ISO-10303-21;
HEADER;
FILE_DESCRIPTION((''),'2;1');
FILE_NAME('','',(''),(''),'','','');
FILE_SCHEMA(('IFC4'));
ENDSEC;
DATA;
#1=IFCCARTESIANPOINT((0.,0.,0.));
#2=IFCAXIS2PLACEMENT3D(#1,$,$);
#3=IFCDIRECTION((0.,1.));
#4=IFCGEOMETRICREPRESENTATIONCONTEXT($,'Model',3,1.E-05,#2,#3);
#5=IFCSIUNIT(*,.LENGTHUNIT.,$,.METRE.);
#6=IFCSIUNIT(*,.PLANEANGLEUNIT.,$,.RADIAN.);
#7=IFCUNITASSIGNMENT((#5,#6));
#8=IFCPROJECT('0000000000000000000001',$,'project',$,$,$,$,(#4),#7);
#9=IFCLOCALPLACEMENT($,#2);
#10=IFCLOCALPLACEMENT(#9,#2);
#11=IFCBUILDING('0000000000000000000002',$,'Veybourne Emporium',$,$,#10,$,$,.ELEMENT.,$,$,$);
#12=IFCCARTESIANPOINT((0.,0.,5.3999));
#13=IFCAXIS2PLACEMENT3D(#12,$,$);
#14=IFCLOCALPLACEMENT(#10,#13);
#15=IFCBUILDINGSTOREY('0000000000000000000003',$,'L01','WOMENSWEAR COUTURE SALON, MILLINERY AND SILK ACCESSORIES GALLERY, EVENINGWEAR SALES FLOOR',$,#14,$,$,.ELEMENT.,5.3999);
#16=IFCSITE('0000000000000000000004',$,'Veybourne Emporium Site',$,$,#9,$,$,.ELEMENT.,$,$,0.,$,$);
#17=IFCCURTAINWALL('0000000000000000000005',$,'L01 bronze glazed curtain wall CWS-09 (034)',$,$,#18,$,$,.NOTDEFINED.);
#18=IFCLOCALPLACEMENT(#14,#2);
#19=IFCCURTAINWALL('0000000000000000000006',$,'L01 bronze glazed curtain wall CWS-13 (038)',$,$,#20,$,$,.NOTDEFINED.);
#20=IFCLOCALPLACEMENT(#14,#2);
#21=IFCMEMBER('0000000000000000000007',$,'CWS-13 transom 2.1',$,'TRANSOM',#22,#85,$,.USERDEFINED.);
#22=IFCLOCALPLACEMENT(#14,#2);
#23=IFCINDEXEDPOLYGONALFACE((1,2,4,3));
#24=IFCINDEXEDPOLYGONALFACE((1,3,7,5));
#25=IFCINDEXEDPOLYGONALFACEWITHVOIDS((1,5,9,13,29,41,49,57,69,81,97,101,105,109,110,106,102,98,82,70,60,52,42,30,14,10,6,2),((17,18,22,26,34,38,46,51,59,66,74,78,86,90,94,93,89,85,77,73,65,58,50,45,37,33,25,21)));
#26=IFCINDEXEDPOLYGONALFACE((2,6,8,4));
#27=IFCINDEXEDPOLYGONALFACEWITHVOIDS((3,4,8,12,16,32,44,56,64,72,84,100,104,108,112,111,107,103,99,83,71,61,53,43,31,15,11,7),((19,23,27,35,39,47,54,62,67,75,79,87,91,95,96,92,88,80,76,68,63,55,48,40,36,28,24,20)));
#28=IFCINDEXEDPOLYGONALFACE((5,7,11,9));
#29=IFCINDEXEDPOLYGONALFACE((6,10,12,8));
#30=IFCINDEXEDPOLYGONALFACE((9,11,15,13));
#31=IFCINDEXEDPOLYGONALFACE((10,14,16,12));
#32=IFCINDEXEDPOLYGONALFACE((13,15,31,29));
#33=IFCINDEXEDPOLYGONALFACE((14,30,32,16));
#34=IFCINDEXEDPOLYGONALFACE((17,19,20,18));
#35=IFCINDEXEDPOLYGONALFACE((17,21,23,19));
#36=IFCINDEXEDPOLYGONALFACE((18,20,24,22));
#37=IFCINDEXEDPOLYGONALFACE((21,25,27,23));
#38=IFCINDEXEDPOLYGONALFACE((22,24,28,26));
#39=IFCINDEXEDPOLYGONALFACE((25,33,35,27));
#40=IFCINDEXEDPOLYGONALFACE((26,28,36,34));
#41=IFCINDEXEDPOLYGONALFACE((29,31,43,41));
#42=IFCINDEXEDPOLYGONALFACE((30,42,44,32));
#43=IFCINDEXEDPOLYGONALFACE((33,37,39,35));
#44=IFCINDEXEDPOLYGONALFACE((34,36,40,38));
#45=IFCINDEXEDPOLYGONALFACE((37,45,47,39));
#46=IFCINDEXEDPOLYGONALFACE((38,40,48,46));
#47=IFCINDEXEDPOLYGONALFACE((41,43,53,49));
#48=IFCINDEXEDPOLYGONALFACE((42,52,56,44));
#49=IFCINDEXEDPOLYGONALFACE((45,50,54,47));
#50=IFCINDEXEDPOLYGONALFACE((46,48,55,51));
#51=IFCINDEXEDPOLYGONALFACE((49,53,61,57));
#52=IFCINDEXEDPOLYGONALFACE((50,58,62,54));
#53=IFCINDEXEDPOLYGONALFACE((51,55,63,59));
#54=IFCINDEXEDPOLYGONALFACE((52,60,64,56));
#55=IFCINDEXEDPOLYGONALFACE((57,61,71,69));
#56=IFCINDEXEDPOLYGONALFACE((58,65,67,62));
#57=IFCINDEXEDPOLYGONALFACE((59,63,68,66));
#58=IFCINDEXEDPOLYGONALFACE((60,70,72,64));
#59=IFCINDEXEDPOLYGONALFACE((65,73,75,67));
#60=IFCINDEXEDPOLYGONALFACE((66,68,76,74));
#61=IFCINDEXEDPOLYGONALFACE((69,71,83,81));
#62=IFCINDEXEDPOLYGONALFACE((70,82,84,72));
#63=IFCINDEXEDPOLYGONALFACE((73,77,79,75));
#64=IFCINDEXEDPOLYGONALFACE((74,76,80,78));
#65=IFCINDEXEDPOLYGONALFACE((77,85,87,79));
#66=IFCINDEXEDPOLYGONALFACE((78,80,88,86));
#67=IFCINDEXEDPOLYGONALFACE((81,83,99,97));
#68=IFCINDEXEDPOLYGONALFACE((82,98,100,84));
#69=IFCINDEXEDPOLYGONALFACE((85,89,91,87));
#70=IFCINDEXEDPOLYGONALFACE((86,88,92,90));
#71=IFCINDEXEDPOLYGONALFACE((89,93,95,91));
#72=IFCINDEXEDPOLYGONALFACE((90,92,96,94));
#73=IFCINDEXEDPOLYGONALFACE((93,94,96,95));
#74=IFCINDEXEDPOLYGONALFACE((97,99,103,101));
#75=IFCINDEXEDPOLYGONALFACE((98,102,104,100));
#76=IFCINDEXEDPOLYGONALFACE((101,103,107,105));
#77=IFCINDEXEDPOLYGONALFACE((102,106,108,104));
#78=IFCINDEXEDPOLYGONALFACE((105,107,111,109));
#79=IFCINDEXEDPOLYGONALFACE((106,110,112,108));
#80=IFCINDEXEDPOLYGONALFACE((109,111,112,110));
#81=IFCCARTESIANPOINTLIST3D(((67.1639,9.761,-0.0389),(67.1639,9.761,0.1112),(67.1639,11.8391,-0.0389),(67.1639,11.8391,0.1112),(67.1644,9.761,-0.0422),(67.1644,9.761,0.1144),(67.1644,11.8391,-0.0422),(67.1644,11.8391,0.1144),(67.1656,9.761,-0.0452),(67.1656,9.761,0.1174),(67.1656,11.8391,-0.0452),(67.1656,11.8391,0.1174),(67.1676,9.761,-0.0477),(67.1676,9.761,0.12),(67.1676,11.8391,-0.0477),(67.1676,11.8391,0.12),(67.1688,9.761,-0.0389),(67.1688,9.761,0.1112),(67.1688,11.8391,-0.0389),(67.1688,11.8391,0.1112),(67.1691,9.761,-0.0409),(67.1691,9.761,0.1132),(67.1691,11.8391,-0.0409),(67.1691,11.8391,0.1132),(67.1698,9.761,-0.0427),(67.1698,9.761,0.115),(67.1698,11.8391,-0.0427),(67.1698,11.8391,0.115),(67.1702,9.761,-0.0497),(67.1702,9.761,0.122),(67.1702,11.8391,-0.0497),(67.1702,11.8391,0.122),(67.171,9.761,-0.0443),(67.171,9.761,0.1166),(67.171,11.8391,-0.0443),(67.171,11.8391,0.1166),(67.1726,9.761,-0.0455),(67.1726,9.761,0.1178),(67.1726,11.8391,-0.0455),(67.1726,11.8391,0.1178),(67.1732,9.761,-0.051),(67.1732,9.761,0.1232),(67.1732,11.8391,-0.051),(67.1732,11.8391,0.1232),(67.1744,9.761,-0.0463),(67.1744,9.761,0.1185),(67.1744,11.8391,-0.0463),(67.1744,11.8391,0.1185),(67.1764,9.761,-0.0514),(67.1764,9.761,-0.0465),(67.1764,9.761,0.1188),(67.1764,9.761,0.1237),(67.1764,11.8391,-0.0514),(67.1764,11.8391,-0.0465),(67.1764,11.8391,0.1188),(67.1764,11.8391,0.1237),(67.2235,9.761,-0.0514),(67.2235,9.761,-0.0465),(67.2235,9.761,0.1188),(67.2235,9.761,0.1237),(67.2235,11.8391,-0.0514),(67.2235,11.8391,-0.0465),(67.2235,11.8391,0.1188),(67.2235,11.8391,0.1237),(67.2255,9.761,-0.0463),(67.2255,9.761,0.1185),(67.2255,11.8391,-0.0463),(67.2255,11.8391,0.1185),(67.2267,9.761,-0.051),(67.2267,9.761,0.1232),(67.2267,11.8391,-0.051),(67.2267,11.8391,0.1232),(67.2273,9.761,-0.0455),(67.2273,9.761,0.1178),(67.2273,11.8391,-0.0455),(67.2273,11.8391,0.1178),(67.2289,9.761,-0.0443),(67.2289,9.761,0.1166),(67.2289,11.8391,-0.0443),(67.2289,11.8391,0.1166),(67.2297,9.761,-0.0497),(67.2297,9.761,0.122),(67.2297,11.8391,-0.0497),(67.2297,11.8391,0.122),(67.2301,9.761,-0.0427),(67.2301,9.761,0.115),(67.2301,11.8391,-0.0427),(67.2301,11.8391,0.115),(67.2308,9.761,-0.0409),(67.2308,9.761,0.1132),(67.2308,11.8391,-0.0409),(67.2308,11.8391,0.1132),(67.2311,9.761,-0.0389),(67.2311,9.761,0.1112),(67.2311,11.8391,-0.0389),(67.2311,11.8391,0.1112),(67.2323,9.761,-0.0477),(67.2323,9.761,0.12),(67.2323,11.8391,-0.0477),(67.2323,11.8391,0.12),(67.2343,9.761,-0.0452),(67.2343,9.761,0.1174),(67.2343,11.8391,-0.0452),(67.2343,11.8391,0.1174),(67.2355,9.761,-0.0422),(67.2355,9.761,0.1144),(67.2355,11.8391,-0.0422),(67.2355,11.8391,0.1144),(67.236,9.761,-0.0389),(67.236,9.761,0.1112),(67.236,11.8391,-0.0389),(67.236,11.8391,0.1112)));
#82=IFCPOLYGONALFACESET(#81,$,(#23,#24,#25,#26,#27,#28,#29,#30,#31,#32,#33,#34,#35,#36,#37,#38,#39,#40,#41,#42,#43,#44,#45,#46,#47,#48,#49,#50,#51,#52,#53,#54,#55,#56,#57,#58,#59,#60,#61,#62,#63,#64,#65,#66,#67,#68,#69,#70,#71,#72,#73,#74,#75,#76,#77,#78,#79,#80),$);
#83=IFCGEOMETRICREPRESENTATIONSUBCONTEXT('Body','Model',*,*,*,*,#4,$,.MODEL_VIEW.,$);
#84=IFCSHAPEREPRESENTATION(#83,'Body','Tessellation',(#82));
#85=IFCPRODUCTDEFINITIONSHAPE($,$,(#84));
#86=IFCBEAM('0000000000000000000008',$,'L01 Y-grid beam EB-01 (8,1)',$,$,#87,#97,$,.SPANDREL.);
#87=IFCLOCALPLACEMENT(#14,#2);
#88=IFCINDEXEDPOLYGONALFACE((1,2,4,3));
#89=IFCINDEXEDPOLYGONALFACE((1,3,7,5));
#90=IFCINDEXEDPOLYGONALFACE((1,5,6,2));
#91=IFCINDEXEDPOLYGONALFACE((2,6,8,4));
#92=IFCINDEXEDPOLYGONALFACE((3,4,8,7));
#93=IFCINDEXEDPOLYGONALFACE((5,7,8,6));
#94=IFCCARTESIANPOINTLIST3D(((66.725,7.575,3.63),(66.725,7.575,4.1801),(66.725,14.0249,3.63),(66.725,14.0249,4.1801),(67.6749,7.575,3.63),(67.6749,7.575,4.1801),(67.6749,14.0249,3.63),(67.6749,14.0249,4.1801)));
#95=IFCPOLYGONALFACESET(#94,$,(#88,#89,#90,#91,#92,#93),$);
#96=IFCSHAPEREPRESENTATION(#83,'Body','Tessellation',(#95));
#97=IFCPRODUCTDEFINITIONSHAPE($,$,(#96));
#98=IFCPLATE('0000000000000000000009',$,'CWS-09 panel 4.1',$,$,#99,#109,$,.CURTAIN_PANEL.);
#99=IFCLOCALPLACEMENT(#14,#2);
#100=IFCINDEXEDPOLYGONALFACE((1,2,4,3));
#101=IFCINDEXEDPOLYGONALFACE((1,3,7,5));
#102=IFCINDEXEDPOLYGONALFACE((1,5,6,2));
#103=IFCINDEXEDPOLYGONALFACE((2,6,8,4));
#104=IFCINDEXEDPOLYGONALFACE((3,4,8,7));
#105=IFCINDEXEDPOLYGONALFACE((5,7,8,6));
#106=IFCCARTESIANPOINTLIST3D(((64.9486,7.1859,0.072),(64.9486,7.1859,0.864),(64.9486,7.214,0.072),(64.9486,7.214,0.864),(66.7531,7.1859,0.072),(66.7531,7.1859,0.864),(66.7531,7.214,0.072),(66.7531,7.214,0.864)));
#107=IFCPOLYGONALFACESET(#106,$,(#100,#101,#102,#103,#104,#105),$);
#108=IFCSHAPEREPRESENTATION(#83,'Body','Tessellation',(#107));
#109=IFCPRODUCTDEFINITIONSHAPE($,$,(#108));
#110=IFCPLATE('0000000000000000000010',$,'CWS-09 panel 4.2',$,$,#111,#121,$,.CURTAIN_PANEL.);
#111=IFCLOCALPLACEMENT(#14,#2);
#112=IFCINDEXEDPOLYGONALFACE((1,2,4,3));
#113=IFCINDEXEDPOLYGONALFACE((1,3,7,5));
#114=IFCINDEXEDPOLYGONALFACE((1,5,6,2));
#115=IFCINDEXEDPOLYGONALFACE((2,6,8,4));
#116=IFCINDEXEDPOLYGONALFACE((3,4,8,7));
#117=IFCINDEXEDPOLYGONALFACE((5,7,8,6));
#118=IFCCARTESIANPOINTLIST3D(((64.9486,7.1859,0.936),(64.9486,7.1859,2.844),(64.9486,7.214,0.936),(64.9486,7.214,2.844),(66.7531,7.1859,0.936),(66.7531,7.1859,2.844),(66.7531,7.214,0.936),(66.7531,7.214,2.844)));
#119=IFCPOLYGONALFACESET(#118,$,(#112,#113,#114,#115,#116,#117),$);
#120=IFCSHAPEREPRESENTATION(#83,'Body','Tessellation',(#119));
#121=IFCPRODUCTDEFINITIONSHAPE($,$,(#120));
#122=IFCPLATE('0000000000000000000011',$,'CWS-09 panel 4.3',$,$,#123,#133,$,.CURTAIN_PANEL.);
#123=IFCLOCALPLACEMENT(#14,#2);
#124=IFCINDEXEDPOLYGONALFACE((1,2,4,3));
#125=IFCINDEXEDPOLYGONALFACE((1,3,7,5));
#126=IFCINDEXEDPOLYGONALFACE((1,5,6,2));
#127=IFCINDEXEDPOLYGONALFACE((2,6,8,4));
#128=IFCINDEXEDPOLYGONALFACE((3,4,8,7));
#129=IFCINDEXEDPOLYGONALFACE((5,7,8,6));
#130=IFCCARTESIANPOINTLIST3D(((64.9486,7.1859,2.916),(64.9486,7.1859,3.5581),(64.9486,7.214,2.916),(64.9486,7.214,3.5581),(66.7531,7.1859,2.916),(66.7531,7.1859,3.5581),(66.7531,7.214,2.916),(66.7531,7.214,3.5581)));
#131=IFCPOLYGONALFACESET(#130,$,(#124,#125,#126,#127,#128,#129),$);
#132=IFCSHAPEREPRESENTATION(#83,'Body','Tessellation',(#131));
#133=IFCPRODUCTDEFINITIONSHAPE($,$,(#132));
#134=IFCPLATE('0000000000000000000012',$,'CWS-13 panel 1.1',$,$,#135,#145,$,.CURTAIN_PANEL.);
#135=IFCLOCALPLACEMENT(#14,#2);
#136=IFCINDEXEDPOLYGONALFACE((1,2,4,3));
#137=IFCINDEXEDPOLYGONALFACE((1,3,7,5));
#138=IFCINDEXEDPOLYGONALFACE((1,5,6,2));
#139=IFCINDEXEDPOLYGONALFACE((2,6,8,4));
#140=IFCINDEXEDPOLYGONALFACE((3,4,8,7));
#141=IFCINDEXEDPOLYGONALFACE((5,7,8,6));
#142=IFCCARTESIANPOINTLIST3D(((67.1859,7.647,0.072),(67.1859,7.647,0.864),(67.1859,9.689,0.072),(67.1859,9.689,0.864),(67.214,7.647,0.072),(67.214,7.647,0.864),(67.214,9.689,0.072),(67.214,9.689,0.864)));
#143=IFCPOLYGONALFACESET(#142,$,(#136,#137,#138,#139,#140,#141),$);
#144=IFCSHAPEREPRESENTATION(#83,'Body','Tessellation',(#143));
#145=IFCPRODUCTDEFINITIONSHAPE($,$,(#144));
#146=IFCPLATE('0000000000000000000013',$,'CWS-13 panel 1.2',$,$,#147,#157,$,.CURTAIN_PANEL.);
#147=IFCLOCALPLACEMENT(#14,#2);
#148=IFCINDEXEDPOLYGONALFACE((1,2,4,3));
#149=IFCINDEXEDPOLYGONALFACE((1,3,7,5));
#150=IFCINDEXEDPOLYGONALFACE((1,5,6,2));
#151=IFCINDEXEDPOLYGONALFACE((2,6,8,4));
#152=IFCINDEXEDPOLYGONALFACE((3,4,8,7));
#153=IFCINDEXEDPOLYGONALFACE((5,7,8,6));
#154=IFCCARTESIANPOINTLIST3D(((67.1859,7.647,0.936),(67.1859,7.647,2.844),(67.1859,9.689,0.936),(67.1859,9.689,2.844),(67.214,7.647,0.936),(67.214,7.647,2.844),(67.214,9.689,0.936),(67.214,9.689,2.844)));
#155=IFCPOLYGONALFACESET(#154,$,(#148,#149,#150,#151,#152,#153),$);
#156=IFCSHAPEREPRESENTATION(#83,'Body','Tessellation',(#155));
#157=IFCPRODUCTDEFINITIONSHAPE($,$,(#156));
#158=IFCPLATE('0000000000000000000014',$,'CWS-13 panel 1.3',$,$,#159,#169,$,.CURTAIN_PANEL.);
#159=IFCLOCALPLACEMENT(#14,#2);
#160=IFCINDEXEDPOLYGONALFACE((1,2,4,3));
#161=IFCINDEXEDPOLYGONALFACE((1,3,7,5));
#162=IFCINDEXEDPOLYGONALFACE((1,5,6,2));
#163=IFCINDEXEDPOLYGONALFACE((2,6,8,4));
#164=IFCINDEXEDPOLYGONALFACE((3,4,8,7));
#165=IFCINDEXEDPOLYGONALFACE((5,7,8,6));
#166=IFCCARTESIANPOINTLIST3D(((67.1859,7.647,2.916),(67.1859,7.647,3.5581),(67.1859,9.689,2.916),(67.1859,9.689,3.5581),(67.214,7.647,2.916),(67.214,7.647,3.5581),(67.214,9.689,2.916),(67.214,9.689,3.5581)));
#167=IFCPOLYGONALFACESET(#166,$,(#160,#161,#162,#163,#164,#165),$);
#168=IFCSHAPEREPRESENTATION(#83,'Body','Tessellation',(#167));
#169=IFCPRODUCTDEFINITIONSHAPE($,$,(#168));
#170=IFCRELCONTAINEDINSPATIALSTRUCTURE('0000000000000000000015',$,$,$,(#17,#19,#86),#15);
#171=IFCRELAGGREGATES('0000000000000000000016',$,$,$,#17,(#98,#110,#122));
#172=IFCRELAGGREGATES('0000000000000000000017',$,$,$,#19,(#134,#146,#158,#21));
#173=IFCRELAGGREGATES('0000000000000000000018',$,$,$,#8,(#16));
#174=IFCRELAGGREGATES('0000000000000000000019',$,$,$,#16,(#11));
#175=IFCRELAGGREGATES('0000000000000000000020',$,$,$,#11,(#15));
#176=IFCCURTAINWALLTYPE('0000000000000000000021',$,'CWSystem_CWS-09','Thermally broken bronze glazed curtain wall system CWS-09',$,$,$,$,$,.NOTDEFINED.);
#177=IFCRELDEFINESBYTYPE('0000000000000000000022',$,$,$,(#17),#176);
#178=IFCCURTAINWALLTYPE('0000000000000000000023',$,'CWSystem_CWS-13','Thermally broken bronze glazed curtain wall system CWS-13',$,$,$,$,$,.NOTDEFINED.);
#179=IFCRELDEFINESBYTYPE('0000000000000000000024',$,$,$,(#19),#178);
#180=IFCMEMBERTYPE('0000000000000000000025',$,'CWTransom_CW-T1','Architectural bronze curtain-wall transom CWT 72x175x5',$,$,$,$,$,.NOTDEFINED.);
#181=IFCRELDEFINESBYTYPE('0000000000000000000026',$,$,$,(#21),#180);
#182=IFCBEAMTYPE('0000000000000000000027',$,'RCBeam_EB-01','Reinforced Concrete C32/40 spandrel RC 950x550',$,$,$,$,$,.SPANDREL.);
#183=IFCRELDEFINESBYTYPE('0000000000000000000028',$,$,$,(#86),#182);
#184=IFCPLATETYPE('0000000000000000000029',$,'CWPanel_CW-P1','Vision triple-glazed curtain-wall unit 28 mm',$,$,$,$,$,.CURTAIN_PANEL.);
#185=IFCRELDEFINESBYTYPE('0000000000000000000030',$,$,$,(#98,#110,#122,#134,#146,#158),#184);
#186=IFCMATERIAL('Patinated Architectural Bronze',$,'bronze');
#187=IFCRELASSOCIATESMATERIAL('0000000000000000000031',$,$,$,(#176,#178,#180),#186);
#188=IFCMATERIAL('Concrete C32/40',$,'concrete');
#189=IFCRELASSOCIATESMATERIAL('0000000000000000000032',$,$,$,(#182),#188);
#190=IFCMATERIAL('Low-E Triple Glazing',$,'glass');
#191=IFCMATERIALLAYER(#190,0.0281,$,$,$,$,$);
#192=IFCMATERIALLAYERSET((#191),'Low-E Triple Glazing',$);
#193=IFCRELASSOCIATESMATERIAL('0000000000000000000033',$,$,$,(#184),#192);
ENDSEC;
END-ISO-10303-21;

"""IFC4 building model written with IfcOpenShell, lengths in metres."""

from ifc_helpers import new_model, si_unit, direction, frame, origin, origin_2d, place, context, subcontext, project, spatial, rectangle, hollow_rectangle, extrude, material, layer, layer_set, material_profile, profile_set, type_object, element, aggregate, save


model = new_model("IFC4")

# Units and contexts
model_context = context("Model", 3, precision=1e-05, world=origin(), true_north=direction((0.0, 1.0)))
body_context = subcontext(model_context, "Body", "Model", "MODEL_VIEW")
ifc_project = project(units=[si_unit("LENGTHUNIT", "METRE"), si_unit("PLANEANGLEUNIT", "RADIAN")], contexts=[model_context])

# Site, building, storey
site_placement = place(None, origin())
site = spatial("IfcSite", under=ifc_project, at=site_placement, Name="Veybourne Emporium Site", CompositionType="ELEMENT", RefElevation=0.0)
building_placement = place(site_placement, origin())
building = spatial("IfcBuilding", under=site, at=building_placement, Name="Veybourne Emporium", CompositionType="ELEMENT")
storey_placement = place(building_placement, frame((0.0, 0.0, 5.3999)))
storey = spatial("IfcBuildingStorey", under=building, at=storey_placement, Name="L01", Description="WOMENSWEAR COUTURE SALON, MILLINERY AND SILK ACCESSORIES GALLERY, EVENINGWEAR SALES FLOOR", CompositionType="ELEMENT", Elevation=5.3999)

# Curtain walls
ifc_material_1 = material(Name="Patinated Architectural Bronze", Category="bronze")
curtain_wall_type_1 = type_object("IfcCurtainWallType", Name="CWSystem_CWS-09", Description="Thermally broken bronze glazed curtain wall system CWS-09", PredefinedType="NOTDEFINED", material=ifc_material_1)
curtain_wall_1_placement = place(storey_placement, origin())
curtain_wall_1 = element("IfcCurtainWall", 1, at=curtain_wall_1_placement, inside=storey, type_object=curtain_wall_type_1, Name="L01 bronze glazed curtain wall CWS-09 (034)", PredefinedType="NOTDEFINED")
curtain_wall_type_2 = type_object("IfcCurtainWallType", Name="CWSystem_CWS-13", Description="Thermally broken bronze glazed curtain wall system CWS-13", PredefinedType="NOTDEFINED", material=ifc_material_1)
curtain_wall_2_placement = place(storey_placement, origin())
curtain_wall_2 = element("IfcCurtainWall", 2, at=curtain_wall_2_placement, inside=storey, type_object=curtain_wall_type_2, Name="L01 bronze glazed curtain wall CWS-13 (038)", PredefinedType="NOTDEFINED")

# Member
ifc_material_profile_1 = material_profile(ifc_material_1, hollow_rectangle(XDim=0.072, YDim=0.175, WallThickness=0.0049, InnerFilletRadius=0.0076, OuterFilletRadius=0.0125, at=origin_2d()), Name="CWT 72x175x5")
ifc_profile_set_1 = profile_set([ifc_material_profile_1], Name="Patinated Architectural Bronze")
member_type_1 = type_object("IfcMemberType", Name="CWTransom_CW-T1", Description="Architectural bronze curtain-wall transom CWT 72x175x5", PredefinedType="NOTDEFINED", material=ifc_profile_set_1)
member_1_placement = place(storey_placement, frame((67.2, 9.761, 0.0361), z_axis=(0.0, 1.0, 0.0), x_axis=(-1.0, 0.0, 0.0)))
member_1 = element("IfcMember", 3, at=member_1_placement, type_object=member_type_1, Name="CWS-13 transom 2.1", ObjectType="TRANSOM", PredefinedType="USERDEFINED", context=body_context, shape_type="SweptSolid", body=[
    extrude(hollow_rectangle(XDim=0.072, YDim=0.175, WallThickness=0.0049, InnerFilletRadius=0.0076, OuterFilletRadius=0.0125, at=origin_2d()), origin(), (0.0, 0.0, 1.0), 2.0781),
])

# Beam
ifc_material_2 = material(Name="Concrete C32/40", Category="concrete")
ifc_material_profile_2 = material_profile(ifc_material_2, rectangle(XDim=0.95, YDim=0.55, at=origin_2d()), Name="RC 950x550")
ifc_profile_set_2 = profile_set([ifc_material_profile_2], Name="Concrete C32/40")
beam_type = type_object("IfcBeamType", Name="RCBeam_EB-01", Description="Reinforced Concrete C32/40 spandrel RC 950x550", PredefinedType="SPANDREL", material=ifc_profile_set_2)
beam_placement = place(storey_placement, frame((67.2, 7.575, 3.905), z_axis=(0.0, 1.0, 0.0), x_axis=(-1.0, 0.0, 0.0)))
element("IfcBeam", 4, at=beam_placement, inside=storey, type_object=beam_type, Name="L01 Y-grid beam EB-01 (8,1)", PredefinedType="SPANDREL", context=body_context, shape_type="SweptSolid", body=[
    extrude(rectangle(XDim=0.95, YDim=0.55, at=origin_2d()), origin(), (0.0, 0.0, 1.0), 6.45),
])

# Plates
ifc_material_3 = material(Name="Low-E Triple Glazing", Category="glass")
ifc_layer = layer(ifc_material_3, 0.0281)
ifc_layer_set = layer_set([ifc_layer], Name="Low-E Triple Glazing")
plate_type = type_object("IfcPlateType", Name="CWPanel_CW-P1", Description="Vision triple-glazed curtain-wall unit 28 mm", PredefinedType="CURTAIN_PANEL", material=ifc_layer_set)
plate_1_placement = place(storey_placement, frame((65.8508, 7.2, 0.072), z_axis=(0.0, 0.0, 1.0), x_axis=(1.0, 0.0, 0.0)))
plate_1 = element("IfcPlate", 5, at=plate_1_placement, type_object=plate_type, Name="CWS-09 panel 4.1", PredefinedType="CURTAIN_PANEL", context=body_context, shape_type="SweptSolid", body=[
    extrude(rectangle(XDim=1.8044, YDim=0.0281, at=origin_2d()), origin(), (0.0, 0.0, 1.0), 0.792),
])
plate_2_placement = place(storey_placement, frame((65.8508, 7.2, 0.936), z_axis=(0.0, 0.0, 1.0), x_axis=(1.0, 0.0, 0.0)))
plate_2 = element("IfcPlate", 6, at=plate_2_placement, type_object=plate_type, Name="CWS-09 panel 4.2", PredefinedType="CURTAIN_PANEL", context=body_context, shape_type="SweptSolid", body=[
    extrude(rectangle(XDim=1.8044, YDim=0.0281, at=origin_2d()), origin(), (0.0, 0.0, 1.0), 1.908),
])
plate_3_placement = place(storey_placement, frame((65.8508, 7.2, 2.916), z_axis=(0.0, 0.0, 1.0), x_axis=(1.0, 0.0, 0.0)))
plate_3 = element("IfcPlate", 7, at=plate_3_placement, type_object=plate_type, Name="CWS-09 panel 4.3", PredefinedType="CURTAIN_PANEL", context=body_context, shape_type="SweptSolid", body=[
    extrude(rectangle(XDim=1.8044, YDim=0.0281, at=origin_2d()), origin(), (0.0, 0.0, 1.0), 0.6421),
])
aggregate(curtain_wall_1, [plate_1, plate_2, plate_3])
plate_4_placement = place(storey_placement, frame((67.2, 8.668, 0.072), z_axis=(0.0, 0.0, 1.0), x_axis=(0.0, 1.0, 0.0)))
plate_4 = element("IfcPlate", 8, at=plate_4_placement, type_object=plate_type, Name="CWS-13 panel 1.1", PredefinedType="CURTAIN_PANEL", context=body_context, shape_type="SweptSolid", body=[
    extrude(rectangle(XDim=2.042, YDim=0.0281, at=origin_2d()), origin(), (0.0, 0.0, 1.0), 0.792),
])
plate_5_placement = place(storey_placement, frame((67.2, 8.668, 0.936), z_axis=(0.0, 0.0, 1.0), x_axis=(0.0, 1.0, 0.0)))
plate_5 = element("IfcPlate", 9, at=plate_5_placement, type_object=plate_type, Name="CWS-13 panel 1.2", PredefinedType="CURTAIN_PANEL", context=body_context, shape_type="SweptSolid", body=[
    extrude(rectangle(XDim=2.042, YDim=0.0281, at=origin_2d()), origin(), (0.0, 0.0, 1.0), 1.908),
])
plate_6_placement = place(storey_placement, frame((67.2, 8.668, 2.916), z_axis=(0.0, 0.0, 1.0), x_axis=(0.0, 1.0, 0.0)))
plate_6 = element("IfcPlate", 10, at=plate_6_placement, type_object=plate_type, Name="CWS-13 panel 1.3", PredefinedType="CURTAIN_PANEL", context=body_context, shape_type="SweptSolid", body=[
    extrude(rectangle(XDim=2.042, YDim=0.0281, at=origin_2d()), origin(), (0.0, 0.0, 1.0), 0.6421),
])
aggregate(curtain_wall_2, [plate_4, plate_5, plate_6, member_1])

save(model, "model.ifc")
